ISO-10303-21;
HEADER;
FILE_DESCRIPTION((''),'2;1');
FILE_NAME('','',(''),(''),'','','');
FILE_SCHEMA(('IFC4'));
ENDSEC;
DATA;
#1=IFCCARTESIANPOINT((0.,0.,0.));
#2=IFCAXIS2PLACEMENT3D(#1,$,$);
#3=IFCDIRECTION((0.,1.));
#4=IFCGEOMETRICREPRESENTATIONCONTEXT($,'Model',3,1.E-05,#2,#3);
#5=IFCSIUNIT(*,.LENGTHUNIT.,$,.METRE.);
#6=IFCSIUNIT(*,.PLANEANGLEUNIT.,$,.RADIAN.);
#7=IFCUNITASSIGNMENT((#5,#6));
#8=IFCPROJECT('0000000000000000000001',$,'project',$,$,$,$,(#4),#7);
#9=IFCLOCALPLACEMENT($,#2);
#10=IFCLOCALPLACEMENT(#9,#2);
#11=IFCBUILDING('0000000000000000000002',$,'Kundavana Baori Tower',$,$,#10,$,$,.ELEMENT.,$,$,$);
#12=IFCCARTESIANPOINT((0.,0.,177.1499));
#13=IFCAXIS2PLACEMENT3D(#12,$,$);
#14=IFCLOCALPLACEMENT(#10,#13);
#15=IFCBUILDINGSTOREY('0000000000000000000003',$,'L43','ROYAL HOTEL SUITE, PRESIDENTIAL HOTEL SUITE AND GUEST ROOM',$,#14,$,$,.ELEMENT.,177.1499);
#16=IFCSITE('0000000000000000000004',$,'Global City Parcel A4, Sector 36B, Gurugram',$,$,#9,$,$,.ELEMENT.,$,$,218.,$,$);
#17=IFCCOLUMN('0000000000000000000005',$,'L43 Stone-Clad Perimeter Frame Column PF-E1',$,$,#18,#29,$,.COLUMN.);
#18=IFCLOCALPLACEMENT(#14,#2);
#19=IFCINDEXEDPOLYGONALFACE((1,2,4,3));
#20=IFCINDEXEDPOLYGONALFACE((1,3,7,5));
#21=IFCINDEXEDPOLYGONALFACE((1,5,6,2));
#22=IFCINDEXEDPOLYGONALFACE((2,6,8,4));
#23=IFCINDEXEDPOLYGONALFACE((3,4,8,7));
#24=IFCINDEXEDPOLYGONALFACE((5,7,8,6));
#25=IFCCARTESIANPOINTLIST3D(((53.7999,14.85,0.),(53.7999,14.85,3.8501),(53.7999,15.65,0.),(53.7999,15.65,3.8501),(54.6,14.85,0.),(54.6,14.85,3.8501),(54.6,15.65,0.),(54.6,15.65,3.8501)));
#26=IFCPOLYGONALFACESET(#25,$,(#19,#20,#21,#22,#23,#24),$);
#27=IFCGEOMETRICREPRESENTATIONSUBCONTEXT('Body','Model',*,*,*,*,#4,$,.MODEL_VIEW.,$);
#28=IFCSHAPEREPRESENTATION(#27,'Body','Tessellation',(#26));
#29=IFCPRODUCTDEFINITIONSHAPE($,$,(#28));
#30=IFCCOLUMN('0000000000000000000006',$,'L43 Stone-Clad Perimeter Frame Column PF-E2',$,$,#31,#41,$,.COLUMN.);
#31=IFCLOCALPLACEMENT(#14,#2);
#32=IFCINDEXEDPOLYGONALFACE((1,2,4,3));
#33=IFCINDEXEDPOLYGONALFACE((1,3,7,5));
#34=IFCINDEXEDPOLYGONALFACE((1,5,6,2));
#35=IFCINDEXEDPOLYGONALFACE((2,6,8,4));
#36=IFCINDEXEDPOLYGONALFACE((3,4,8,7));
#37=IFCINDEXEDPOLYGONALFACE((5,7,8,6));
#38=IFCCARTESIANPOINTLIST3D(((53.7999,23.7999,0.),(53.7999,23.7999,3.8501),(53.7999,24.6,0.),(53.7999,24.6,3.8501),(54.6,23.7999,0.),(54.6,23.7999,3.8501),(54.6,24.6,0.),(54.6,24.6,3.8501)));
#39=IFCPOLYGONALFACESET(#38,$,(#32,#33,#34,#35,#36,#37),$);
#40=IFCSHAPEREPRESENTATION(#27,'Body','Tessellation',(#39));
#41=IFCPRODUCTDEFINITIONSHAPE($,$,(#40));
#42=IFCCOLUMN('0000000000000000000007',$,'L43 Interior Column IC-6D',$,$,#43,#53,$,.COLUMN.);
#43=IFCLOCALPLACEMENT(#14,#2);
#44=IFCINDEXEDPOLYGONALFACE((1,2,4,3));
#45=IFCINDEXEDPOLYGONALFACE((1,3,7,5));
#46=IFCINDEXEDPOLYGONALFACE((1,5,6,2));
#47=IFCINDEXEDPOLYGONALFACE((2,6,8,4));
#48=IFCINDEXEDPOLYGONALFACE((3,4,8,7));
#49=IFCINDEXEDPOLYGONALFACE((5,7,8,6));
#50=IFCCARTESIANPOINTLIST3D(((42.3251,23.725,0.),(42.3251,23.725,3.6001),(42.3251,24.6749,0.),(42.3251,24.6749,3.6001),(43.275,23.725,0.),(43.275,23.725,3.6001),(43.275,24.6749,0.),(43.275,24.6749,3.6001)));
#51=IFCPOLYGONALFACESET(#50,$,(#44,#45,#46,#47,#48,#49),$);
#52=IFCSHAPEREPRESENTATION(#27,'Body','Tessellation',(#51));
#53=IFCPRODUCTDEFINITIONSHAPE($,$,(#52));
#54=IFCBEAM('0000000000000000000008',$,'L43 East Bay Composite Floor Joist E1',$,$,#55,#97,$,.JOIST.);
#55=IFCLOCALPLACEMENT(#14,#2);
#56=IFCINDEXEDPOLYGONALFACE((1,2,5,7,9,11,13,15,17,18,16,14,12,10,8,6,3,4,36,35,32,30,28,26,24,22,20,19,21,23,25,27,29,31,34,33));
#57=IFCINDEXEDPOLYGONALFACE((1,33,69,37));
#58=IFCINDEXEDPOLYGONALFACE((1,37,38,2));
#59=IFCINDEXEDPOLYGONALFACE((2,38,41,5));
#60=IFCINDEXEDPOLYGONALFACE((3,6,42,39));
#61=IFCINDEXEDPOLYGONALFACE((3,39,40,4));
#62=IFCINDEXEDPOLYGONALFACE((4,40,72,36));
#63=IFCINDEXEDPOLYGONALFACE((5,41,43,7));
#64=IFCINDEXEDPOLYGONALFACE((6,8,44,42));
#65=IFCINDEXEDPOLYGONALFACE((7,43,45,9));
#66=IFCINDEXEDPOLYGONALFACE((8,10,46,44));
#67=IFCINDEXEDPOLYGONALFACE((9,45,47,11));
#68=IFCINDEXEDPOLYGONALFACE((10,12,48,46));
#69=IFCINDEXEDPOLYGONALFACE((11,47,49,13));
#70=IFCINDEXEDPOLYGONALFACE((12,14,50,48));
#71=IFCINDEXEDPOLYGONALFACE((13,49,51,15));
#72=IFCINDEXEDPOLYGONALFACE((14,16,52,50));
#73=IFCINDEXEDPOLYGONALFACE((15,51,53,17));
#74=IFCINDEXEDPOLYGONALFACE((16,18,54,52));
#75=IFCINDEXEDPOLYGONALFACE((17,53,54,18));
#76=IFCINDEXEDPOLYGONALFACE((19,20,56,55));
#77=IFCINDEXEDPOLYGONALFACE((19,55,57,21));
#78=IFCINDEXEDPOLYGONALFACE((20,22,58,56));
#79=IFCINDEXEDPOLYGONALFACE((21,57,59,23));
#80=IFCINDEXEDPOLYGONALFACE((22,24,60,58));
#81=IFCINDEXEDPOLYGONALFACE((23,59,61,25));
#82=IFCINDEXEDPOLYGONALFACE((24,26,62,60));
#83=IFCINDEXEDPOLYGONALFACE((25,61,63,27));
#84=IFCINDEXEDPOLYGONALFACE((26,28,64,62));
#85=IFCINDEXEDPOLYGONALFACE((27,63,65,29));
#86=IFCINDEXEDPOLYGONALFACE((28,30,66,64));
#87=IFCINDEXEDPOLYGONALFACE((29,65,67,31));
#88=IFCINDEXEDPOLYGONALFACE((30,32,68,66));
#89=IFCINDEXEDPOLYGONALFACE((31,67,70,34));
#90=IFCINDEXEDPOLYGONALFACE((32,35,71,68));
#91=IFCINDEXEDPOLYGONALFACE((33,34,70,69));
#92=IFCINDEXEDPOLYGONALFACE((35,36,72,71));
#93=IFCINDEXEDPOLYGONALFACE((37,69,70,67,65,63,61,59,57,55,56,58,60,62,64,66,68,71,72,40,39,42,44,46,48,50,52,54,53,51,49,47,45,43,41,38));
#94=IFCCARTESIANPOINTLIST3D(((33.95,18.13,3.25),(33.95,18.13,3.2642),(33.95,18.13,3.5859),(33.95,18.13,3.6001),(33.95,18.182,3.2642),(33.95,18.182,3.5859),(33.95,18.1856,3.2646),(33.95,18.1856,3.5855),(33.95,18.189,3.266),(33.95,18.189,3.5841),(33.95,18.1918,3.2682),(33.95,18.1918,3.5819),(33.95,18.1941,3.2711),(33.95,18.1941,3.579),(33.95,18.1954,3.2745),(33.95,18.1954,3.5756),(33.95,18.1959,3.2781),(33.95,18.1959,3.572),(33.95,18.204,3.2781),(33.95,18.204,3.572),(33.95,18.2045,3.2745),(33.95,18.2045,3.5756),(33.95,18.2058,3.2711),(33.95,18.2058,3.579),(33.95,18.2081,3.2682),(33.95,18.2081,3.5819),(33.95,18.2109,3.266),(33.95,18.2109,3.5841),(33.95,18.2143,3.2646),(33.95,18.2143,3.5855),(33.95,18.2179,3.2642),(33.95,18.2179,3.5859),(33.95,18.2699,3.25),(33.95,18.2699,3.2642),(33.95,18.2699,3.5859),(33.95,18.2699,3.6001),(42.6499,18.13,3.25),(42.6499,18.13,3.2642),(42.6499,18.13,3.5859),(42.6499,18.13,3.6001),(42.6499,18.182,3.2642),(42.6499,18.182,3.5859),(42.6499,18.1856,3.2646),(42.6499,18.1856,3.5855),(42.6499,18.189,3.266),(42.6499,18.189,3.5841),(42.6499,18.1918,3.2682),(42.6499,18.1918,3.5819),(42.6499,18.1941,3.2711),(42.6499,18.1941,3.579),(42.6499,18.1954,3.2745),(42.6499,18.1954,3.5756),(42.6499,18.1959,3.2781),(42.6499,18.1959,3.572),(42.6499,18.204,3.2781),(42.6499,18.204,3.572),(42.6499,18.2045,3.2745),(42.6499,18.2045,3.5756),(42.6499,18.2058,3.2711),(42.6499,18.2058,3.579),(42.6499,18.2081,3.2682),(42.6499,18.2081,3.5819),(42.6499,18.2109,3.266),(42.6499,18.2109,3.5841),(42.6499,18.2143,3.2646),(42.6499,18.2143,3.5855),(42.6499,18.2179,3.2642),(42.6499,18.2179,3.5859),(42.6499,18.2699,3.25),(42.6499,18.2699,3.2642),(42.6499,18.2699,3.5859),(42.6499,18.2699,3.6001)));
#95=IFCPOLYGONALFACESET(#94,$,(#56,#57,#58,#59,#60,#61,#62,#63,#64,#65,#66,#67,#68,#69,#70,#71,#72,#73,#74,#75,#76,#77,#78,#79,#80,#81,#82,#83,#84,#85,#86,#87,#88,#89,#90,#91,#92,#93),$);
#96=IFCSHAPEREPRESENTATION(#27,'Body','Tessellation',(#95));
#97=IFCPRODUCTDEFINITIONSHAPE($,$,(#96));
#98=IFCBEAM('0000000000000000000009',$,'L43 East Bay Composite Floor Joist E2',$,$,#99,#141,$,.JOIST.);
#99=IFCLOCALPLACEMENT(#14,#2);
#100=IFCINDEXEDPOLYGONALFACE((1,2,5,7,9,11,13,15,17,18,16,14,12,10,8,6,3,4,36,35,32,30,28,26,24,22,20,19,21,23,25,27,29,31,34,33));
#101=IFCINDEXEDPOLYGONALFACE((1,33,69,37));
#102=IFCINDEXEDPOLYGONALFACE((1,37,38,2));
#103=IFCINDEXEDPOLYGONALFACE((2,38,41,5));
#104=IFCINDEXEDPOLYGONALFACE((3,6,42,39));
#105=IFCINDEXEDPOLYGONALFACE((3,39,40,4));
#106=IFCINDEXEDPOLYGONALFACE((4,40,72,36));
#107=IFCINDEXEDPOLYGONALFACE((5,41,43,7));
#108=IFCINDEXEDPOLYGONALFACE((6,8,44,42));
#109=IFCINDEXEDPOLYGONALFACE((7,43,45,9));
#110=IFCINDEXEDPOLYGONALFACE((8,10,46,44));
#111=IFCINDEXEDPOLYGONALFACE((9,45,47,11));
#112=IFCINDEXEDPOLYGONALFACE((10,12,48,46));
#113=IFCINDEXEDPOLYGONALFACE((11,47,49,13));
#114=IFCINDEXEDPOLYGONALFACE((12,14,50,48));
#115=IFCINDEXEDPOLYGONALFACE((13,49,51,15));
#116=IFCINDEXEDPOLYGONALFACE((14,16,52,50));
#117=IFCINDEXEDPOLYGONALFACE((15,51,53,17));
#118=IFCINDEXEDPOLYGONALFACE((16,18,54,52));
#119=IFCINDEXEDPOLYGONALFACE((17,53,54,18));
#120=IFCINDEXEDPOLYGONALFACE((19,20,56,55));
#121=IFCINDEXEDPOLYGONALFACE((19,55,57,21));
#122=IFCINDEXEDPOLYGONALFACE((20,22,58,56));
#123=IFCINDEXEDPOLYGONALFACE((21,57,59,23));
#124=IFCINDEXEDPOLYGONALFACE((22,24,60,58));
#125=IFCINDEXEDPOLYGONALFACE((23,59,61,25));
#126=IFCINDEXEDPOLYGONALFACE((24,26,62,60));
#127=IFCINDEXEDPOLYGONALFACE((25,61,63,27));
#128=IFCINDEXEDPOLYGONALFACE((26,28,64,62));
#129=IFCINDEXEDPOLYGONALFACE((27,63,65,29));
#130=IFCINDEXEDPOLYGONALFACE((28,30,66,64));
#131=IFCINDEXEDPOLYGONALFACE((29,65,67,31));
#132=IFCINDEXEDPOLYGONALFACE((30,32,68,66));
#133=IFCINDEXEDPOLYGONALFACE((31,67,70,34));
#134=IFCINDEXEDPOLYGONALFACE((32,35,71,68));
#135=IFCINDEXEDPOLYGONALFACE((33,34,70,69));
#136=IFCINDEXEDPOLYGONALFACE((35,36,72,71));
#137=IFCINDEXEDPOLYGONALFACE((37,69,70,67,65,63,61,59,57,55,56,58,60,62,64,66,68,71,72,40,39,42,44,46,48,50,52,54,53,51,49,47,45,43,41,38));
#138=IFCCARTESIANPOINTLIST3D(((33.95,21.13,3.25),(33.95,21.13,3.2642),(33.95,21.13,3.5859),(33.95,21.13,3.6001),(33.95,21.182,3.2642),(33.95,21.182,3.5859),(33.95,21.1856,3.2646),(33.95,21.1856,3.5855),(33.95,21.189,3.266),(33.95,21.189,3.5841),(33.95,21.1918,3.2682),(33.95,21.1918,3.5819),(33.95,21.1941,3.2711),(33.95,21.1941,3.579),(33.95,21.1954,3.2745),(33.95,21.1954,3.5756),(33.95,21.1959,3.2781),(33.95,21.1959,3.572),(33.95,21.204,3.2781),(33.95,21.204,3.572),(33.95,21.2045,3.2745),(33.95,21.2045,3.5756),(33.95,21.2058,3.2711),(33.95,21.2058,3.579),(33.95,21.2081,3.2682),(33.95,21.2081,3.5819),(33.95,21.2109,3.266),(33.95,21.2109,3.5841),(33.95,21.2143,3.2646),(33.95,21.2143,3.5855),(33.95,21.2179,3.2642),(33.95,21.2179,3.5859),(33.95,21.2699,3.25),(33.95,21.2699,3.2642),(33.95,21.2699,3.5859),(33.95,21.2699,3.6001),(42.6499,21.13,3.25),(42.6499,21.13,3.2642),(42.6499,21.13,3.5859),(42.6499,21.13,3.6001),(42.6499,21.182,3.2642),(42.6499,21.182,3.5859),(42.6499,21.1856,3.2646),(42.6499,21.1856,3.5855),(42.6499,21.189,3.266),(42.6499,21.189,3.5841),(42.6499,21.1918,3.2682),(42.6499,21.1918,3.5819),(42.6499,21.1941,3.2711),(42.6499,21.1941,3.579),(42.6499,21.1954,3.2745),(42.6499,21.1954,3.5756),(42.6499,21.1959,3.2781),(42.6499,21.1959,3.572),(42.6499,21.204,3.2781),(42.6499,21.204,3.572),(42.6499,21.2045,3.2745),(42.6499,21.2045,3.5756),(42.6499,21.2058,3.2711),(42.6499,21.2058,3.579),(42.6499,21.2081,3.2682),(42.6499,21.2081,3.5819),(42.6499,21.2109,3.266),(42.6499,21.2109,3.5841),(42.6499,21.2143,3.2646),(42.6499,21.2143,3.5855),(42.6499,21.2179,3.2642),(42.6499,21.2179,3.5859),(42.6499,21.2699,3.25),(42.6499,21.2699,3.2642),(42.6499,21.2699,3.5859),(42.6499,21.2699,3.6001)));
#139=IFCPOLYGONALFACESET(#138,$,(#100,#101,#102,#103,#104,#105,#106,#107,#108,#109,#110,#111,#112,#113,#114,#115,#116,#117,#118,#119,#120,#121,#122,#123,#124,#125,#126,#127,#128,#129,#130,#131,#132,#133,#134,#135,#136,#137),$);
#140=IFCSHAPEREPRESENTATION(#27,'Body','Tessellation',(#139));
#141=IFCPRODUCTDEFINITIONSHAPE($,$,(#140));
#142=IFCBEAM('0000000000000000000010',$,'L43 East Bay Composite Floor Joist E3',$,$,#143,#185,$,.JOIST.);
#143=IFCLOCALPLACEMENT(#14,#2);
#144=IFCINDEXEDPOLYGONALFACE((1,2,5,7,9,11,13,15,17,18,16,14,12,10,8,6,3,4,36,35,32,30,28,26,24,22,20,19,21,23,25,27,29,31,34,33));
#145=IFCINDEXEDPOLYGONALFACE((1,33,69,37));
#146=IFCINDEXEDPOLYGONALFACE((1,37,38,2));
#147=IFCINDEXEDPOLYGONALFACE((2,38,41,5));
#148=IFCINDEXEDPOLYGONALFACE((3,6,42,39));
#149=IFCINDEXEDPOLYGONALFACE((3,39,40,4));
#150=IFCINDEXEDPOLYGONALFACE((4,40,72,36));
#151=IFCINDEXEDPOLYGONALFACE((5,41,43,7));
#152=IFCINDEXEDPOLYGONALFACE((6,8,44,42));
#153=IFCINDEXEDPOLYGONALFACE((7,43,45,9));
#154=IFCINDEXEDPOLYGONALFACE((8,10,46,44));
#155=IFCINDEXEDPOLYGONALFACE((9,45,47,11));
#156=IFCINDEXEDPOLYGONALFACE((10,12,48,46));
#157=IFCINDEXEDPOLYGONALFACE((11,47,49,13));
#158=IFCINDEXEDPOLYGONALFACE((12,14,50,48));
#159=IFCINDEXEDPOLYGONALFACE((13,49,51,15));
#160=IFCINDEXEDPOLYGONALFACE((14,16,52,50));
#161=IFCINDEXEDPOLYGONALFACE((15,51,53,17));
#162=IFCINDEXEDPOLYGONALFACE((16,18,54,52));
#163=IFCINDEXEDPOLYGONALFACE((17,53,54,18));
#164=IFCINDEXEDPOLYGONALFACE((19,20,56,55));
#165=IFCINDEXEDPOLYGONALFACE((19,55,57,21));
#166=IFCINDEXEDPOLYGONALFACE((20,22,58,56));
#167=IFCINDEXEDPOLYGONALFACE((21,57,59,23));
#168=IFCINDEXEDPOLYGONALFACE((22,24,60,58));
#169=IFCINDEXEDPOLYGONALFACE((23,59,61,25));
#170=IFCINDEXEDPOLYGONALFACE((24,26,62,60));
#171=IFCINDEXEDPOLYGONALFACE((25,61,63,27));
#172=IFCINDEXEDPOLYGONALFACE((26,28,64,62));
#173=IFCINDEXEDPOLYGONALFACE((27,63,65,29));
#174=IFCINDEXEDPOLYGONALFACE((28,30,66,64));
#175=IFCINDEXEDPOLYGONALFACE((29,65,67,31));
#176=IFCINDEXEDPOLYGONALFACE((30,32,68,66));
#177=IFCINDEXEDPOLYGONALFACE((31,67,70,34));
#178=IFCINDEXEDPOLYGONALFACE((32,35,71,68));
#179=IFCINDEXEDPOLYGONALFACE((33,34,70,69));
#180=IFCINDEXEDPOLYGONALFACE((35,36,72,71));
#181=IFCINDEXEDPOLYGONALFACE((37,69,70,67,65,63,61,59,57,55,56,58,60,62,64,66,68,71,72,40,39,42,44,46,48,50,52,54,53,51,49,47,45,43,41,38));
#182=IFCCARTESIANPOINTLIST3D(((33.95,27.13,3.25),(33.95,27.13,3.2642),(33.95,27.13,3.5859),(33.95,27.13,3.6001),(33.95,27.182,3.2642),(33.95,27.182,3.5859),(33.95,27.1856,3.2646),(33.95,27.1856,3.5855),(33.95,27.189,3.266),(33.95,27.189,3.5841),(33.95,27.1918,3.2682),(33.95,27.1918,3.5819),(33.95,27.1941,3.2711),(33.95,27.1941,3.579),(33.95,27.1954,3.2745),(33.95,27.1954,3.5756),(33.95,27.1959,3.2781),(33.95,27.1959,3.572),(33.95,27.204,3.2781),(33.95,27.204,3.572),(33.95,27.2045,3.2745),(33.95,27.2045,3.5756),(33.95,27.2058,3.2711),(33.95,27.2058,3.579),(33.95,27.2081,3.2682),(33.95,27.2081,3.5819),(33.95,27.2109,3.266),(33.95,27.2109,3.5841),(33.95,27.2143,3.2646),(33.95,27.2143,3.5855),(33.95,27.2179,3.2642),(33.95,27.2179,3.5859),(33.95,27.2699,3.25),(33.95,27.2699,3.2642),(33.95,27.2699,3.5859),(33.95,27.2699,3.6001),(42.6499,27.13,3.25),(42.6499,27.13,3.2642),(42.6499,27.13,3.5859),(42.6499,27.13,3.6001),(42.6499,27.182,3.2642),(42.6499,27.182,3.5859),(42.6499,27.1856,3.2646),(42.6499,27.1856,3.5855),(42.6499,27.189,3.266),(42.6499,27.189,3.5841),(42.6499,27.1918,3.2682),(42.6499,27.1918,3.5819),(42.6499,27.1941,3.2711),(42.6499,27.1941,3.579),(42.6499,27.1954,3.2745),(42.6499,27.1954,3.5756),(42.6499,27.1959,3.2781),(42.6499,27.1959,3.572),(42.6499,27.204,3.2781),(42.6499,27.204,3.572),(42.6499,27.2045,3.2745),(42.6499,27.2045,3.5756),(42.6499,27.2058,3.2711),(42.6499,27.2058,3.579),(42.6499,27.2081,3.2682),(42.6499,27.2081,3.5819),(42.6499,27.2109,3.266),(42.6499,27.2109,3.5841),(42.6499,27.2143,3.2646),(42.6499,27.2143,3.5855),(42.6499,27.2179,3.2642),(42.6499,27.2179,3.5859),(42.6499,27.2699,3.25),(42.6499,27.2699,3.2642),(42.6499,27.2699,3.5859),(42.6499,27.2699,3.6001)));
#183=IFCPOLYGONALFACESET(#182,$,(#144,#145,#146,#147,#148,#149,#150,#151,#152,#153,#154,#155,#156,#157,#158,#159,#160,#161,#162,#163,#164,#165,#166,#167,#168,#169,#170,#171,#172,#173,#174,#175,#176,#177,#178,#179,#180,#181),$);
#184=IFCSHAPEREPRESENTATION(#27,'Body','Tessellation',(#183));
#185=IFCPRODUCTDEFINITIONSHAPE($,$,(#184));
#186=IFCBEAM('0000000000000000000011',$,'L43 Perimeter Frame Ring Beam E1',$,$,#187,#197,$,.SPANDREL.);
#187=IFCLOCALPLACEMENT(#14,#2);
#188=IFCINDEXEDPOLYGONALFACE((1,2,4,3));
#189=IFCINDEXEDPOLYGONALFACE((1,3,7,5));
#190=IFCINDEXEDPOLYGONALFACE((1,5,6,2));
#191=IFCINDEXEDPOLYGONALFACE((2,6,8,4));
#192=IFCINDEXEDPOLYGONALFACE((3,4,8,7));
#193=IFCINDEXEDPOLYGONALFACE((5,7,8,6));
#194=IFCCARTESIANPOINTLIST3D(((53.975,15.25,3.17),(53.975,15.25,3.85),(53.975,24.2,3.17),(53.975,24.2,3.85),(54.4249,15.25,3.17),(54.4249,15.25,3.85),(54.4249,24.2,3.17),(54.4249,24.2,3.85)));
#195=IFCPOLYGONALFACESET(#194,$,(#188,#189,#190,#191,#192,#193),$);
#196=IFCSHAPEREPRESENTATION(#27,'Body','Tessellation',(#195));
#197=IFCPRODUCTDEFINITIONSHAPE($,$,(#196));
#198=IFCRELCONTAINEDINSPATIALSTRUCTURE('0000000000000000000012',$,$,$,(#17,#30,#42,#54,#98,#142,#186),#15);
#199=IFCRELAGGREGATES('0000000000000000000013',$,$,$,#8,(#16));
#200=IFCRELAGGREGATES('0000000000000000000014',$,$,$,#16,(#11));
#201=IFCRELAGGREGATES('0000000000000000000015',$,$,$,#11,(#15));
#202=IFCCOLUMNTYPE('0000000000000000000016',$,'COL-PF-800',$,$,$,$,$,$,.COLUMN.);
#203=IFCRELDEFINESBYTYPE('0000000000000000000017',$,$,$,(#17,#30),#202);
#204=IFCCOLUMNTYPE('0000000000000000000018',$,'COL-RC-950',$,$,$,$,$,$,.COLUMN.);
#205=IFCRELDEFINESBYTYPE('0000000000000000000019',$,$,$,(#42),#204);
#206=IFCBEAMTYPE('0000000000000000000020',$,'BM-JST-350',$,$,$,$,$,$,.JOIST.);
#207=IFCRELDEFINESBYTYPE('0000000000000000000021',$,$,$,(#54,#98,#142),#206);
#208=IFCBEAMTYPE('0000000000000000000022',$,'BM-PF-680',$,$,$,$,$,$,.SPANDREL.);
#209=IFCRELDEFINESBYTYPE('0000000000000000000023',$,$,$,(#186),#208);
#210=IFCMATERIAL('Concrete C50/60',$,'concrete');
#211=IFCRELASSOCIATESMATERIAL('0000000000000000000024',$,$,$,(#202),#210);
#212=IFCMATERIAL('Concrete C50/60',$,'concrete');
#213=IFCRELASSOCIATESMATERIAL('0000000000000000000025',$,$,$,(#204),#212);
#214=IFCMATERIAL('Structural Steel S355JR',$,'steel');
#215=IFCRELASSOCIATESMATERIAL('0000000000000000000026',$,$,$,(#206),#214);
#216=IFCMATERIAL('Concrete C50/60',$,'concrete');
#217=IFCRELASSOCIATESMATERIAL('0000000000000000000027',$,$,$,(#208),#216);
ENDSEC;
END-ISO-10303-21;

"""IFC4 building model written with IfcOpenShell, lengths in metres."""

from ifc_helpers import new_model, si_unit, direction, frame, origin, origin_2d, place, context, subcontext, project, spatial, rectangle, i_section, extrude, material, material_profile, profile_set, type_object, element, save


model = new_model("IFC4")

# Units and contexts
model_context = context("Model", 3, precision=1e-05, world=origin(), true_north=direction((0.0, 1.0)))
body_context = subcontext(model_context, "Body", "Model", "MODEL_VIEW")
ifc_project = project(units=[si_unit("LENGTHUNIT", "METRE"), si_unit("PLANEANGLEUNIT", "RADIAN")], contexts=[model_context])

# Site, building, storey
site_placement = place(None, origin())
site = spatial("IfcSite", under=ifc_project, at=site_placement, Name="Global City Parcel A4, Sector 36B, Gurugram", CompositionType="ELEMENT", RefElevation=218.0)
building_placement = place(site_placement, origin())
building = spatial("IfcBuilding", under=site, at=building_placement, Name="Kundavana Baori Tower", CompositionType="ELEMENT")
storey_placement = place(building_placement, frame((0.0, 0.0, 177.1499)))
storey = spatial("IfcBuildingStorey", under=building, at=storey_placement, Name="L43", Description="ROYAL HOTEL SUITE, PRESIDENTIAL HOTEL SUITE AND GUEST ROOM", CompositionType="ELEMENT", Elevation=177.1499)

# Columns
ifc_material_1 = material(Name="Concrete C50/60", Category="concrete")
ifc_material_profile_1 = material_profile(ifc_material_1, rectangle(XDim=0.8, YDim=0.8, at=origin_2d()), Name="RC PF 800x800")
ifc_profile_set_1 = profile_set([ifc_material_profile_1], Name="Concrete C50/60")
column_type_1 = type_object("IfcColumnType", Name="COL-PF-800", PredefinedType="COLUMN", material=ifc_profile_set_1)
for number, where, z_axis, x_axis, name in (
    (1, (54.2, 15.25, 0.0), (0.0, 0.0, 1.0), (1.0, 0.0, 0.0), "L43 Stone-Clad Perimeter Frame Column PF-E1"),
    (2, (54.2, 24.2, 0.0), (0.0, 0.0, 1.0), (1.0, 0.0, 0.0), "L43 Stone-Clad Perimeter Frame Column PF-E2"),
):
    element("IfcColumn", number, at=place(storey_placement, frame(where, z_axis=z_axis, x_axis=x_axis)), inside=storey, type_object=column_type_1, Name=name, PredefinedType="COLUMN", context=body_context, shape_type="SweptSolid", body=[
        extrude(rectangle(XDim=0.8, YDim=0.8, at=origin_2d()), origin(), (0.0, 0.0, 1.0), 3.8501),
    ])
ifc_material_2 = material(Name="Concrete C50/60", Category="concrete")
ifc_material_profile_2 = material_profile(ifc_material_2, rectangle(XDim=0.95, YDim=0.95, at=origin_2d()), Name="RC 950x950")
ifc_profile_set_2 = profile_set([ifc_material_profile_2], Name="Concrete C50/60")
column_type_2 = type_object("IfcColumnType", Name="COL-RC-950", PredefinedType="COLUMN", material=ifc_profile_set_2)
column_placement = place(storey_placement, frame((42.8, 24.2, 0.0), z_axis=(0.0, 0.0, 1.0), x_axis=(1.0, 0.0, 0.0)))
element("IfcColumn", 3, at=column_placement, inside=storey, type_object=column_type_2, Name="L43 Interior Column IC-6D", PredefinedType="COLUMN", context=body_context, shape_type="SweptSolid", body=[
    extrude(rectangle(XDim=0.95, YDim=0.95, at=origin_2d()), origin(), (0.0, 0.0, 1.0), 3.6001),
])

# Beams
ifc_material_3 = material(Name="Structural Steel S355JR", Category="steel")
ifc_material_profile_3 = material_profile(ifc_material_3, i_section(OverallWidth=0.1399, OverallDepth=0.3501, WebThickness=0.0081, FlangeThickness=0.0142, FilletRadius=0.0139, at=origin_2d()), Name="ISMB 350")
ifc_profile_set_3 = profile_set([ifc_material_profile_3], Name="Structural Steel S355JR")
beam_type_1 = type_object("IfcBeamType", Name="BM-JST-350", PredefinedType="JOIST", material=ifc_profile_set_3)
for number, where, z_axis, x_axis, name in (
    (4, (33.95, 18.2, 3.425), (1.0, 0.0, 0.0), (0.0, 1.0, 0.0), "L43 East Bay Composite Floor Joist E1"),
    (5, (33.95, 21.2, 3.425), (1.0, 0.0, 0.0), (0.0, 1.0, 0.0), "L43 East Bay Composite Floor Joist E2"),
    (6, (33.95, 27.2, 3.425), (1.0, 0.0, 0.0), (0.0, 1.0, 0.0), "L43 East Bay Composite Floor Joist E3"),
):
    element("IfcBeam", number, at=place(storey_placement, frame(where, z_axis=z_axis, x_axis=x_axis)), inside=storey, type_object=beam_type_1, Name=name, PredefinedType="JOIST", context=body_context, shape_type="SweptSolid", body=[
        extrude(i_section(OverallWidth=0.1399, OverallDepth=0.3501, WebThickness=0.0081, FlangeThickness=0.0142, FilletRadius=0.0139, at=origin_2d()), origin(), (0.0, 0.0, 1.0), 8.7),
    ])
ifc_material_4 = material(Name="Concrete C50/60", Category="concrete")
ifc_material_profile_4 = material_profile(ifc_material_4, rectangle(XDim=0.45, YDim=0.6799, at=origin_2d()), Name="RC BM 450x680")
ifc_profile_set_4 = profile_set([ifc_material_profile_4], Name="Concrete C50/60")
beam_type_2 = type_object("IfcBeamType", Name="BM-PF-680", PredefinedType="SPANDREL", material=ifc_profile_set_4)
beam_1_placement = place(storey_placement, frame((54.2, 15.25, 3.51), z_axis=(0.0, 1.0, 0.0), x_axis=(-1.0, 0.0, 0.0)))
element("IfcBeam", 7, at=beam_1_placement, inside=storey, type_object=beam_type_2, Name="L43 Perimeter Frame Ring Beam E1", PredefinedType="SPANDREL", context=body_context, shape_type="SweptSolid", body=[
    extrude(rectangle(XDim=0.45, YDim=0.6799, at=origin_2d()), origin(), (0.0, 0.0, 1.0), 8.95),
])

save(model, "model.ifc")
